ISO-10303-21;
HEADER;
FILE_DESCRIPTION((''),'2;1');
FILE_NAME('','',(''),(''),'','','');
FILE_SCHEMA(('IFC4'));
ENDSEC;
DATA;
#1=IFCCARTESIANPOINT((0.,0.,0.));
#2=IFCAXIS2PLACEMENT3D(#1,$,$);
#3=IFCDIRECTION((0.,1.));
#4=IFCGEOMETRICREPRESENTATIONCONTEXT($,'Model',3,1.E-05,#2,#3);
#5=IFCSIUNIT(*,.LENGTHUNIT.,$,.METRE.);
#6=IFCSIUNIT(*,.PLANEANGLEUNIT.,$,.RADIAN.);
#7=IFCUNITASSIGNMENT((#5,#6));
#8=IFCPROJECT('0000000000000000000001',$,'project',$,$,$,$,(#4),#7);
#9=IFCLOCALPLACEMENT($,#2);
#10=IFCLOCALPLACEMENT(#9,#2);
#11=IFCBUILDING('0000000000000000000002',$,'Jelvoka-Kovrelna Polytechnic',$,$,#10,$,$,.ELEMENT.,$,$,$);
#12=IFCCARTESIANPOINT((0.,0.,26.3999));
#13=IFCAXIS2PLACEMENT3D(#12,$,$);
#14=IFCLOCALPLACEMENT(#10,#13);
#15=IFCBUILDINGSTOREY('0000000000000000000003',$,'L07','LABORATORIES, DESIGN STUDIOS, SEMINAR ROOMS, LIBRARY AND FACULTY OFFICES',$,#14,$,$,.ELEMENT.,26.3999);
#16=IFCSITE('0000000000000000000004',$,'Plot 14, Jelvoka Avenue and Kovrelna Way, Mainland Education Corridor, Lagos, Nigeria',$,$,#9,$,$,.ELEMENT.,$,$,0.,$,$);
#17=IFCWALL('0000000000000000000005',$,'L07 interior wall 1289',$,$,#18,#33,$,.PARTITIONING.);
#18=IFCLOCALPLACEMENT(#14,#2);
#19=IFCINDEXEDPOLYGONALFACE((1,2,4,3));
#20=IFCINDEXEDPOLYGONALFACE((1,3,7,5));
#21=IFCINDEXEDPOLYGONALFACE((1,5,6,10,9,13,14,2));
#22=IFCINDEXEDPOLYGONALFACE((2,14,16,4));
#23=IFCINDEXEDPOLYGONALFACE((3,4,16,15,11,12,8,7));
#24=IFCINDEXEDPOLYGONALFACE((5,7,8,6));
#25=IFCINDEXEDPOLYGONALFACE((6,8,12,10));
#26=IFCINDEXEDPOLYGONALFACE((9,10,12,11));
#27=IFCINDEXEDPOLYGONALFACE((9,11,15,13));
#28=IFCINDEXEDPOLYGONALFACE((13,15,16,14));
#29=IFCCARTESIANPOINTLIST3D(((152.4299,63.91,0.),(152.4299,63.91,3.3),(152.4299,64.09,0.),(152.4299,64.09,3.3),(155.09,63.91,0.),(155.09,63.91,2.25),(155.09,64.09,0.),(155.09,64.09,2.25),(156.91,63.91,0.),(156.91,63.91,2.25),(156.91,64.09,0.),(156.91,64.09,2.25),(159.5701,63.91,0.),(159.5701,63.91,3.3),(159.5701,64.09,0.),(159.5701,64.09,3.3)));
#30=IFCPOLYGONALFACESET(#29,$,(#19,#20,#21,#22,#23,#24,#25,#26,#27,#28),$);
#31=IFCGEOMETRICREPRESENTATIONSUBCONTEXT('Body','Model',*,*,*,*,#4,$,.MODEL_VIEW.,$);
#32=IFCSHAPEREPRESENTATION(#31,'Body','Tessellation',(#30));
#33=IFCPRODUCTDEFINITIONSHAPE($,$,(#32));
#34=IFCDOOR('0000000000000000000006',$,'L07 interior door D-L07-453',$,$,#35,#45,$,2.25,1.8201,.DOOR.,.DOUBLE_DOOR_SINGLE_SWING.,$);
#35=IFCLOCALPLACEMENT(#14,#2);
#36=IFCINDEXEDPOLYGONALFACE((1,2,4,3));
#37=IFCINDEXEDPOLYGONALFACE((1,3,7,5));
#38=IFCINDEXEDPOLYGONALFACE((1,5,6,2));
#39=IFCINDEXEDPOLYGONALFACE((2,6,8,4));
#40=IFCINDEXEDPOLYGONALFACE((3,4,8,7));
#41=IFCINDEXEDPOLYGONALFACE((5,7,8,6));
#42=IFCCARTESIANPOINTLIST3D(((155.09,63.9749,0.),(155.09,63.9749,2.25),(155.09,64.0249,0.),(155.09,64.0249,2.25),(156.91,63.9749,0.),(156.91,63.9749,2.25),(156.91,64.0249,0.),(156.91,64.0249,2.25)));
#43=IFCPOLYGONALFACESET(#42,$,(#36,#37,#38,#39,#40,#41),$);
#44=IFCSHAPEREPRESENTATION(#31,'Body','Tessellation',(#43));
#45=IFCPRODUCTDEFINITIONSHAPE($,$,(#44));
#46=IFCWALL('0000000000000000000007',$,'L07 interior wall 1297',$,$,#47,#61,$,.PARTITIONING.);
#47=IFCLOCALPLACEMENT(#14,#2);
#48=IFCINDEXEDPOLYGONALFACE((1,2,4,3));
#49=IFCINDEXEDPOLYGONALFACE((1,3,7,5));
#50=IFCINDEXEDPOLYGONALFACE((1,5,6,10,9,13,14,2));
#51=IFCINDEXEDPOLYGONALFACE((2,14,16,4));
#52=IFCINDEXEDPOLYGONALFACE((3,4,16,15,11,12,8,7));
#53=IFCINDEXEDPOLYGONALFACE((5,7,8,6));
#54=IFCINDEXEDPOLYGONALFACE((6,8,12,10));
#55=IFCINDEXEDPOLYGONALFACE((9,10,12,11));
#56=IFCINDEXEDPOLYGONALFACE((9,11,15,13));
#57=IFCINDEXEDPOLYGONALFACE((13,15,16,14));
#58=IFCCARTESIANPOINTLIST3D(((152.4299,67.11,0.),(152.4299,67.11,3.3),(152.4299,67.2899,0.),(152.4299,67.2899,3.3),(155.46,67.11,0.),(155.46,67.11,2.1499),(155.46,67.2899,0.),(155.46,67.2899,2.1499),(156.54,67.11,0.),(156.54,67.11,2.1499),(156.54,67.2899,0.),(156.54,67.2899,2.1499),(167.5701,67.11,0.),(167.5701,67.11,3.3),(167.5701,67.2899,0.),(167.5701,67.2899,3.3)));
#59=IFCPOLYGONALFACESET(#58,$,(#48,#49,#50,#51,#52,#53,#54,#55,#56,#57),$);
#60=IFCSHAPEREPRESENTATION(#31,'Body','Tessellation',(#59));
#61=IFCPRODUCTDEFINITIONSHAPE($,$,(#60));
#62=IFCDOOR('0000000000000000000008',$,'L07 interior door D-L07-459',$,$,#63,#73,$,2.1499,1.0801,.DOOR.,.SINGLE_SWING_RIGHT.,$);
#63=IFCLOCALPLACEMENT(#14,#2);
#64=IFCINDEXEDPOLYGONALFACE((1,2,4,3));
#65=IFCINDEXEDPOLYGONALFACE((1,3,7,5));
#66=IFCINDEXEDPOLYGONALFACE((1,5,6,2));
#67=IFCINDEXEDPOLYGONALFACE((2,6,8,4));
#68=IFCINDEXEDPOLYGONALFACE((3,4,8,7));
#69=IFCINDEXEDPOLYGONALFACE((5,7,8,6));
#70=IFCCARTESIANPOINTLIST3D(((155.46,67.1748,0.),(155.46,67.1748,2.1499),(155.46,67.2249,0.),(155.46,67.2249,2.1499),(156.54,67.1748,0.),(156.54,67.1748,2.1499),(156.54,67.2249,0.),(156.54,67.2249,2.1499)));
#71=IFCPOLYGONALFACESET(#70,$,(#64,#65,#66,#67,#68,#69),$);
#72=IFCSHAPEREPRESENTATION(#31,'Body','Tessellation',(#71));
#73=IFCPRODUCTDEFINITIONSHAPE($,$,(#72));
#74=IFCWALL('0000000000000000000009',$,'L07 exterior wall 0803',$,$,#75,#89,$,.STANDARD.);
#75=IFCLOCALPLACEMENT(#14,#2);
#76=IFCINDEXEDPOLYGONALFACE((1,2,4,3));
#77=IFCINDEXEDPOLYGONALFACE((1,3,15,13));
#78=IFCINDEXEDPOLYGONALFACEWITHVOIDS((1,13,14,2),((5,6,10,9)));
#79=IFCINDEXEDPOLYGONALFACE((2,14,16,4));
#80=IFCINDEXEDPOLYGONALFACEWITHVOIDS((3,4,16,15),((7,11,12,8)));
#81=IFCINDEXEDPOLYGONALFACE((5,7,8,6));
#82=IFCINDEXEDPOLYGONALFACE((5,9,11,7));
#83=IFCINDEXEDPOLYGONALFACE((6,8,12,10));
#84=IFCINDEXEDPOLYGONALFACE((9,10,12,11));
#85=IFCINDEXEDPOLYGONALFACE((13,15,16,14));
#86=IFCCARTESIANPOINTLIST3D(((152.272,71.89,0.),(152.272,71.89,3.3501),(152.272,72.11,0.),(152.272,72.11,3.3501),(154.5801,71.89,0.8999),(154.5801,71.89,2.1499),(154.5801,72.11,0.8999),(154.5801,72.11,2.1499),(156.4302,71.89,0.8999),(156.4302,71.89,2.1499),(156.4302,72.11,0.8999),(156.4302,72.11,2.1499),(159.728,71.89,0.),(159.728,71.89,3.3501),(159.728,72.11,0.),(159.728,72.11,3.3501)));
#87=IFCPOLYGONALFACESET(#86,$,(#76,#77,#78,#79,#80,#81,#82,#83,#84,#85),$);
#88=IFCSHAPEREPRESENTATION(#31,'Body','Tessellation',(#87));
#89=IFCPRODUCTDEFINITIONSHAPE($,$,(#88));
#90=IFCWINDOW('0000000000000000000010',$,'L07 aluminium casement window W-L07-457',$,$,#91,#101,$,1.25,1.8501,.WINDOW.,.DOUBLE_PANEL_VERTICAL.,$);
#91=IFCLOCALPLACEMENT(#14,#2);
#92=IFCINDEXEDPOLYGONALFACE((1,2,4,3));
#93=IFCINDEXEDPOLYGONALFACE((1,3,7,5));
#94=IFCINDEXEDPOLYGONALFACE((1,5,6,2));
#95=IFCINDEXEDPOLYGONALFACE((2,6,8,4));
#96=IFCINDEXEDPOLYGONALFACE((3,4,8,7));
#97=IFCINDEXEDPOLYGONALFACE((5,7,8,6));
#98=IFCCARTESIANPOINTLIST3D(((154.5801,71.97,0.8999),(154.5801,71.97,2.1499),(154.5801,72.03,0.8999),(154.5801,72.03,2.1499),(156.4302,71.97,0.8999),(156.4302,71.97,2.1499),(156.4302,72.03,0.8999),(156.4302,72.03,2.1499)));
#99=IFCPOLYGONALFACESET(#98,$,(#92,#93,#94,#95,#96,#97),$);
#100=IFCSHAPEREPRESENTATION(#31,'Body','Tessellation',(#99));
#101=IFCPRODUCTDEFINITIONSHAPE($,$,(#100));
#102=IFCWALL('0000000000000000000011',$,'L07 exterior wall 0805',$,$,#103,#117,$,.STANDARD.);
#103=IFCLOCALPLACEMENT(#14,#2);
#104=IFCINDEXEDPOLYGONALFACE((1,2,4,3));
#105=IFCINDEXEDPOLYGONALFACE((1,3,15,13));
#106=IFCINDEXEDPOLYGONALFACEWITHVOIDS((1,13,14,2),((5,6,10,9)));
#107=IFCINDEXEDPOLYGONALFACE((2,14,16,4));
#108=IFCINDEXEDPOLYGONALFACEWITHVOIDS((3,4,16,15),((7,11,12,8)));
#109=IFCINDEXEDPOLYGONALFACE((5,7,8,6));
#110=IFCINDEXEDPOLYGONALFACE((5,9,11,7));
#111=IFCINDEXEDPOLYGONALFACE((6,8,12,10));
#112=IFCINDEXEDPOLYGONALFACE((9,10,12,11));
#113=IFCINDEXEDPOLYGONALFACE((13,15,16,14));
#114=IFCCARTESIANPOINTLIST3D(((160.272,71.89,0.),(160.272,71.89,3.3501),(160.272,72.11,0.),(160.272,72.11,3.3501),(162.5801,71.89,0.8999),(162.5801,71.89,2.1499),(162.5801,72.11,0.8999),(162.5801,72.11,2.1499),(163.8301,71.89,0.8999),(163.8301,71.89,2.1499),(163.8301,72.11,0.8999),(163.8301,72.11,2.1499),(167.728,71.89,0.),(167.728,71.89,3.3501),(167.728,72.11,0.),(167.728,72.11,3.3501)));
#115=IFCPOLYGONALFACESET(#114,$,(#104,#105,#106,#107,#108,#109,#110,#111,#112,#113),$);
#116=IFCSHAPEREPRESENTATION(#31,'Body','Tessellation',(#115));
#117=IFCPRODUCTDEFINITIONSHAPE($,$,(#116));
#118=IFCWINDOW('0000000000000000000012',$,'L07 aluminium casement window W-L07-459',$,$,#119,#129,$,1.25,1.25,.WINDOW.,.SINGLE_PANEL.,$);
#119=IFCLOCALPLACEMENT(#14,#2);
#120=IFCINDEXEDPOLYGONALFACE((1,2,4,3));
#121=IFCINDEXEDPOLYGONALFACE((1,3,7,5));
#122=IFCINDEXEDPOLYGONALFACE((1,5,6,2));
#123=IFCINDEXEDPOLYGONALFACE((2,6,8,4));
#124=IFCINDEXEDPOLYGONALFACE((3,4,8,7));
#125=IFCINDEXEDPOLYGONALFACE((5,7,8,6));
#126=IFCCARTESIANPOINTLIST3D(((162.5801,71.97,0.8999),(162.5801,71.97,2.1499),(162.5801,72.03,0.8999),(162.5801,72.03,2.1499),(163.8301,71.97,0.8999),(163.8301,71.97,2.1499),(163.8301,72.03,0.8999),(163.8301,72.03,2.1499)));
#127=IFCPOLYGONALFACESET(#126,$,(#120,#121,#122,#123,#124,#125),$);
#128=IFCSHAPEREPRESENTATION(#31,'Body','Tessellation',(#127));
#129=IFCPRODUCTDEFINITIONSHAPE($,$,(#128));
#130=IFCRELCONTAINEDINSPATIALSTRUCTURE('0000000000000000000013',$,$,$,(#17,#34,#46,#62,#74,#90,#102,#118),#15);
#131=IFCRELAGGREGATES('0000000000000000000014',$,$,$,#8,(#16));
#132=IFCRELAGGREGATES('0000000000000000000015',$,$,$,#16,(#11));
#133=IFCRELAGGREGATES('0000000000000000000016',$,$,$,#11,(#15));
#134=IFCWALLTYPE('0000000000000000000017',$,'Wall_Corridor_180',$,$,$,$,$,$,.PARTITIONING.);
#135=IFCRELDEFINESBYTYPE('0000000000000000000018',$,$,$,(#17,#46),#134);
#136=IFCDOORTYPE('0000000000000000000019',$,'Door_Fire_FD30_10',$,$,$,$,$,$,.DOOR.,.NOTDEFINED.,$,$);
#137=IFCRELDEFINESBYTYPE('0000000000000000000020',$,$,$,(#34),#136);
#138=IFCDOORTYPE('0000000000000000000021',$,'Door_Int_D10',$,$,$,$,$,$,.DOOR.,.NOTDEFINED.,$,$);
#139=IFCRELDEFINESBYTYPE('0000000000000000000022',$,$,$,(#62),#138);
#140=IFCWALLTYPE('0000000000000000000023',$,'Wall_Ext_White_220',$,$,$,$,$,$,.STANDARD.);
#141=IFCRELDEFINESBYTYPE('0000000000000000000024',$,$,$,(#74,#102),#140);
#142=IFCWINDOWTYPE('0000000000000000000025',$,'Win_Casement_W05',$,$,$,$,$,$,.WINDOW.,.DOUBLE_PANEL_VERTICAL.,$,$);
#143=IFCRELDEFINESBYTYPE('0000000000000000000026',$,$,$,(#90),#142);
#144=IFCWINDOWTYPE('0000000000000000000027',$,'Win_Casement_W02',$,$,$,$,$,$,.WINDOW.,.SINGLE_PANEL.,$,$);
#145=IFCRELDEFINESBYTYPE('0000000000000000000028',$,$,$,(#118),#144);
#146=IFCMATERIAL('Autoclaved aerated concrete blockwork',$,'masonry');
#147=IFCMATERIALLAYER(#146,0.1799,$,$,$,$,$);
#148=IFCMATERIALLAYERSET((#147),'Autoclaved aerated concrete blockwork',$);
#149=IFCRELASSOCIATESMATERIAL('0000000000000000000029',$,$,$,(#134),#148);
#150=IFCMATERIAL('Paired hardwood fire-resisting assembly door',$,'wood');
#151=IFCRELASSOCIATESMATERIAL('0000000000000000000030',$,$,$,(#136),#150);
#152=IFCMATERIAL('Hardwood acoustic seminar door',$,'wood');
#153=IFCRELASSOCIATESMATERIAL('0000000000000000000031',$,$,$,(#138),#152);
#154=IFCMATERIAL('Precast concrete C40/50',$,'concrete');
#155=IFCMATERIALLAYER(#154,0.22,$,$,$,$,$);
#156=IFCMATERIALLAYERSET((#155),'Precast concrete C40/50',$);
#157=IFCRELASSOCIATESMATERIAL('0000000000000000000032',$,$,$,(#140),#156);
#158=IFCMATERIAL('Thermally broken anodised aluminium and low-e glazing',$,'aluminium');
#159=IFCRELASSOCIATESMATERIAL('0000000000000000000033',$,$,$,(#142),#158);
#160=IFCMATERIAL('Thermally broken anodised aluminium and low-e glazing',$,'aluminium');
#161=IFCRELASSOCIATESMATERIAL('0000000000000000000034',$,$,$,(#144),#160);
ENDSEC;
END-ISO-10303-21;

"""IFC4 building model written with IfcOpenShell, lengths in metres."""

from ifc_helpers import new_model, si_unit, direction, frame, frame_2d, origin, place, context, subcontext, project, spatial, rectangle, extrude, material, layer, layer_set, type_object, element, fill, save


model = new_model("IFC4")

# Units and contexts
model_context = context("Model", 3, precision=1e-05, world=origin(), true_north=direction((0.0, 1.0)))
body_context = subcontext(model_context, "Body", "Model", "MODEL_VIEW")
ifc_project = project(units=[si_unit("LENGTHUNIT", "METRE"), si_unit("PLANEANGLEUNIT", "RADIAN")], contexts=[model_context])

# Site, building, storey
site_placement = place(None, origin())
site = spatial("IfcSite", under=ifc_project, at=site_placement, Name="Plot 14, Jelvoka Avenue and Kovrelna Way, Mainland Education Corridor, Lagos, Nigeria", CompositionType="ELEMENT", RefElevation=0.0)
building_placement = place(site_placement, origin())
building = spatial("IfcBuilding", under=site, at=building_placement, Name="Jelvoka-Kovrelna Polytechnic", CompositionType="ELEMENT")
storey_placement = place(building_placement, frame((0.0, 0.0, 26.3999)))
storey = spatial("IfcBuildingStorey", under=building, at=storey_placement, Name="L07", Description="LABORATORIES, DESIGN STUDIOS, SEMINAR ROOMS, LIBRARY AND FACULTY OFFICES", CompositionType="ELEMENT", Elevation=26.3999)

# Walls, openings, doors
ifc_material_1 = material(Name="Autoclaved aerated concrete blockwork", Category="masonry")
ifc_layer_1 = layer(ifc_material_1, 0.1799)
ifc_layer_set_1 = layer_set([ifc_layer_1], Name="Autoclaved aerated concrete blockwork")
wall_type_1 = type_object("IfcWallType", Name="Wall_Corridor_180", PredefinedType="PARTITIONING", material=ifc_layer_set_1)
wall_1_placement = place(storey_placement, frame((152.4299, 64.0, 0.0), z_axis=(0.0, 0.0, 1.0), x_axis=(1.0, 0.0, 0.0)))
wall_1 = element("IfcWall", 1, at=wall_1_placement, inside=storey, type_object=wall_type_1, Name="L07 interior wall 1289", PredefinedType="PARTITIONING", context=body_context, shape_type="SweptSolid", body=[
    extrude(rectangle(XDim=7.1401, YDim=0.1799, at=frame_2d((3.5701, 0.0))), origin(), (0.0, 0.0, 1.0), 3.3),
])
opening_1_placement = place(wall_1_placement, frame((2.6599, 0.0, 0.0)))
opening_1 = element("IfcOpeningElement", 2, at=opening_1_placement, cuts=wall_1, PredefinedType="OPENING", context=body_context, shape_type="SweptSolid", body=[
    extrude(rectangle(XDim=1.8201, YDim=2.25, at=frame_2d((0.9102, 1.125))), frame((0.0, 0.0999, 0.0), z_axis=(0.0, -1.0, 0.0), x_axis=(1.0, 0.0, 0.0)), (0.0, 0.0, 1.0), 0.2),
])
ifc_material_2 = material(Name="Paired hardwood fire-resisting assembly door", Category="wood")
door_type_1 = type_object("IfcDoorType", Name="Door_Fire_FD30_10", OperationType="NOTDEFINED", PredefinedType="DOOR", material=ifc_material_2)
door_1_placement = place(opening_1_placement, origin())
door_1 = element("IfcDoor", 3, at=door_1_placement, inside=storey, type_object=door_type_1, Name="L07 interior door D-L07-453", OperationType="DOUBLE_DOOR_SINGLE_SWING", OverallHeight=2.25, OverallWidth=1.8201, PredefinedType="DOOR", context=body_context, shape_type="SweptSolid", body=[
    extrude(rectangle(XDim=1.8201, YDim=2.25, at=frame_2d((0.9102, 1.125))), frame((0.0, 0.0249, 0.0), z_axis=(0.0, -1.0, 0.0), x_axis=(1.0, 0.0, 0.0)), (0.0, 0.0, 1.0), 0.05),
])
fill(opening_1, door_1)
wall_2_placement = place(storey_placement, frame((152.4299, 67.2, 0.0), z_axis=(0.0, 0.0, 1.0), x_axis=(1.0, 0.0, 0.0)))
wall_2 = element("IfcWall", 4, at=wall_2_placement, inside=storey, type_object=wall_type_1, Name="L07 interior wall 1297", PredefinedType="PARTITIONING", context=body_context, shape_type="SweptSolid", body=[
    extrude(rectangle(XDim=15.1401, YDim=0.1799, at=frame_2d((7.5701, 0.0))), origin(), (0.0, 0.0, 1.0), 3.3),
])
opening_2_placement = place(wall_2_placement, frame((3.03, 0.0, 0.0)))
opening_2 = element("IfcOpeningElement", 5, at=opening_2_placement, cuts=wall_2, PredefinedType="OPENING", context=body_context, shape_type="SweptSolid", body=[
    extrude(rectangle(XDim=1.0801, YDim=2.1499, at=frame_2d((0.54, 1.075))), frame((0.0, 0.0999, 0.0), z_axis=(0.0, -1.0, 0.0), x_axis=(1.0, 0.0, 0.0)), (0.0, 0.0, 1.0), 0.2),
])
ifc_material_3 = material(Name="Hardwood acoustic seminar door", Category="wood")
door_type_2 = type_object("IfcDoorType", Name="Door_Int_D10", OperationType="NOTDEFINED", PredefinedType="DOOR", material=ifc_material_3)
door_2_placement = place(opening_2_placement, origin())
door_2 = element("IfcDoor", 6, at=door_2_placement, inside=storey, type_object=door_type_2, Name="L07 interior door D-L07-459", OperationType="SINGLE_SWING_RIGHT", OverallHeight=2.1499, OverallWidth=1.0801, PredefinedType="DOOR", context=body_context, shape_type="SweptSolid", body=[
    extrude(rectangle(XDim=1.0801, YDim=2.1499, at=frame_2d((0.54, 1.075))), frame((0.0, 0.0249, 0.0), z_axis=(0.0, -1.0, 0.0), x_axis=(1.0, 0.0, 0.0)), (0.0, 0.0, 1.0), 0.05),
])
fill(opening_2, door_2)

# Walls, openings, windows
ifc_material_4 = material(Name="Precast concrete C40/50", Category="concrete")
ifc_layer_2 = layer(ifc_material_4, 0.22)
ifc_layer_set_2 = layer_set([ifc_layer_2], Name="Precast concrete C40/50")
wall_type_2 = type_object("IfcWallType", Name="Wall_Ext_White_220", PredefinedType="STANDARD", material=ifc_layer_set_2)
wall_3_placement = place(storey_placement, frame((152.272, 72.0, 0.0), z_axis=(0.0, 0.0, 1.0), x_axis=(1.0, 0.0, 0.0)))
wall_3 = element("IfcWall", 7, at=wall_3_placement, inside=storey, type_object=wall_type_2, Name="L07 exterior wall 0803", PredefinedType="STANDARD", context=body_context, shape_type="SweptSolid", body=[
    extrude(rectangle(XDim=7.4561, YDim=0.22, at=frame_2d((3.728, 0.0))), origin(), (0.0, 0.0, 1.0), 3.3501),
])
opening_3_placement = place(wall_3_placement, frame((2.3081, 0.0, 0.8999)))
opening_3 = element("IfcOpeningElement", 8, at=opening_3_placement, cuts=wall_3, PredefinedType="OPENING", context=body_context, shape_type="SweptSolid", body=[
    extrude(rectangle(XDim=1.8501, YDim=1.25, at=frame_2d((0.925, 0.625))), frame((0.0, 0.1199, 0.0), z_axis=(0.0, -1.0, 0.0), x_axis=(1.0, 0.0, 0.0)), (0.0, 0.0, 1.0), 0.24),
])
ifc_material_5 = material(Name="Thermally broken anodised aluminium and low-e glazing", Category="aluminium")
window_type_1 = type_object("IfcWindowType", Name="Win_Casement_W05", PartitioningType="DOUBLE_PANEL_VERTICAL", PredefinedType="WINDOW", material=ifc_material_5)
window_1_placement = place(opening_3_placement, origin())
window_1 = element("IfcWindow", 9, at=window_1_placement, inside=storey, type_object=window_type_1, Name="L07 aluminium casement window W-L07-457", OverallHeight=1.25, OverallWidth=1.8501, PartitioningType="DOUBLE_PANEL_VERTICAL", PredefinedType="WINDOW", context=body_context, shape_type="SweptSolid", body=[
    extrude(rectangle(XDim=1.8501, YDim=1.25, at=frame_2d((0.925, 0.625))), frame((0.0, 0.03, 0.0), z_axis=(0.0, -1.0, 0.0), x_axis=(1.0, 0.0, 0.0)), (0.0, 0.0, 1.0), 0.0601),
])
fill(opening_3, window_1)
wall_4_placement = place(storey_placement, frame((160.272, 72.0, 0.0), z_axis=(0.0, 0.0, 1.0), x_axis=(1.0, 0.0, 0.0)))
wall_4 = element("IfcWall", 10, at=wall_4_placement, inside=storey, type_object=wall_type_2, Name="L07 exterior wall 0805", PredefinedType="STANDARD", context=body_context, shape_type="SweptSolid", body=[
    extrude(rectangle(XDim=7.4561, YDim=0.22, at=frame_2d((3.728, 0.0))), origin(), (0.0, 0.0, 1.0), 3.3501),
])
opening_4_placement = place(wall_4_placement, frame((2.3081, 0.0, 0.8999)))
opening_4 = element("IfcOpeningElement", 11, at=opening_4_placement, cuts=wall_4, PredefinedType="OPENING", context=body_context, shape_type="SweptSolid", body=[
    extrude(rectangle(XDim=1.25, YDim=1.25, at=frame_2d((0.625, 0.625))), frame((0.0, 0.1199, 0.0), z_axis=(0.0, -1.0, 0.0), x_axis=(1.0, 0.0, 0.0)), (0.0, 0.0, 1.0), 0.24),
])
ifc_material_6 = material(Name="Thermally broken anodised aluminium and low-e glazing", Category="aluminium")
window_type_2 = type_object("IfcWindowType", Name="Win_Casement_W02", PartitioningType="SINGLE_PANEL", PredefinedType="WINDOW", material=ifc_material_6)
window_2_placement = place(opening_4_placement, origin())
window_2 = element("IfcWindow", 12, at=window_2_placement, inside=storey, type_object=window_type_2, Name="L07 aluminium casement window W-L07-459", OverallHeight=1.25, OverallWidth=1.25, PartitioningType="SINGLE_PANEL", PredefinedType="WINDOW", context=body_context, shape_type="SweptSolid", body=[
    extrude(rectangle(XDim=1.25, YDim=1.25, at=frame_2d((0.625, 0.625))), frame((0.0, 0.03, 0.0), z_axis=(0.0, -1.0, 0.0), x_axis=(1.0, 0.0, 0.0)), (0.0, 0.0, 1.0), 0.0601),
])
fill(opening_4, window_2)

save(model, "model.ifc")
